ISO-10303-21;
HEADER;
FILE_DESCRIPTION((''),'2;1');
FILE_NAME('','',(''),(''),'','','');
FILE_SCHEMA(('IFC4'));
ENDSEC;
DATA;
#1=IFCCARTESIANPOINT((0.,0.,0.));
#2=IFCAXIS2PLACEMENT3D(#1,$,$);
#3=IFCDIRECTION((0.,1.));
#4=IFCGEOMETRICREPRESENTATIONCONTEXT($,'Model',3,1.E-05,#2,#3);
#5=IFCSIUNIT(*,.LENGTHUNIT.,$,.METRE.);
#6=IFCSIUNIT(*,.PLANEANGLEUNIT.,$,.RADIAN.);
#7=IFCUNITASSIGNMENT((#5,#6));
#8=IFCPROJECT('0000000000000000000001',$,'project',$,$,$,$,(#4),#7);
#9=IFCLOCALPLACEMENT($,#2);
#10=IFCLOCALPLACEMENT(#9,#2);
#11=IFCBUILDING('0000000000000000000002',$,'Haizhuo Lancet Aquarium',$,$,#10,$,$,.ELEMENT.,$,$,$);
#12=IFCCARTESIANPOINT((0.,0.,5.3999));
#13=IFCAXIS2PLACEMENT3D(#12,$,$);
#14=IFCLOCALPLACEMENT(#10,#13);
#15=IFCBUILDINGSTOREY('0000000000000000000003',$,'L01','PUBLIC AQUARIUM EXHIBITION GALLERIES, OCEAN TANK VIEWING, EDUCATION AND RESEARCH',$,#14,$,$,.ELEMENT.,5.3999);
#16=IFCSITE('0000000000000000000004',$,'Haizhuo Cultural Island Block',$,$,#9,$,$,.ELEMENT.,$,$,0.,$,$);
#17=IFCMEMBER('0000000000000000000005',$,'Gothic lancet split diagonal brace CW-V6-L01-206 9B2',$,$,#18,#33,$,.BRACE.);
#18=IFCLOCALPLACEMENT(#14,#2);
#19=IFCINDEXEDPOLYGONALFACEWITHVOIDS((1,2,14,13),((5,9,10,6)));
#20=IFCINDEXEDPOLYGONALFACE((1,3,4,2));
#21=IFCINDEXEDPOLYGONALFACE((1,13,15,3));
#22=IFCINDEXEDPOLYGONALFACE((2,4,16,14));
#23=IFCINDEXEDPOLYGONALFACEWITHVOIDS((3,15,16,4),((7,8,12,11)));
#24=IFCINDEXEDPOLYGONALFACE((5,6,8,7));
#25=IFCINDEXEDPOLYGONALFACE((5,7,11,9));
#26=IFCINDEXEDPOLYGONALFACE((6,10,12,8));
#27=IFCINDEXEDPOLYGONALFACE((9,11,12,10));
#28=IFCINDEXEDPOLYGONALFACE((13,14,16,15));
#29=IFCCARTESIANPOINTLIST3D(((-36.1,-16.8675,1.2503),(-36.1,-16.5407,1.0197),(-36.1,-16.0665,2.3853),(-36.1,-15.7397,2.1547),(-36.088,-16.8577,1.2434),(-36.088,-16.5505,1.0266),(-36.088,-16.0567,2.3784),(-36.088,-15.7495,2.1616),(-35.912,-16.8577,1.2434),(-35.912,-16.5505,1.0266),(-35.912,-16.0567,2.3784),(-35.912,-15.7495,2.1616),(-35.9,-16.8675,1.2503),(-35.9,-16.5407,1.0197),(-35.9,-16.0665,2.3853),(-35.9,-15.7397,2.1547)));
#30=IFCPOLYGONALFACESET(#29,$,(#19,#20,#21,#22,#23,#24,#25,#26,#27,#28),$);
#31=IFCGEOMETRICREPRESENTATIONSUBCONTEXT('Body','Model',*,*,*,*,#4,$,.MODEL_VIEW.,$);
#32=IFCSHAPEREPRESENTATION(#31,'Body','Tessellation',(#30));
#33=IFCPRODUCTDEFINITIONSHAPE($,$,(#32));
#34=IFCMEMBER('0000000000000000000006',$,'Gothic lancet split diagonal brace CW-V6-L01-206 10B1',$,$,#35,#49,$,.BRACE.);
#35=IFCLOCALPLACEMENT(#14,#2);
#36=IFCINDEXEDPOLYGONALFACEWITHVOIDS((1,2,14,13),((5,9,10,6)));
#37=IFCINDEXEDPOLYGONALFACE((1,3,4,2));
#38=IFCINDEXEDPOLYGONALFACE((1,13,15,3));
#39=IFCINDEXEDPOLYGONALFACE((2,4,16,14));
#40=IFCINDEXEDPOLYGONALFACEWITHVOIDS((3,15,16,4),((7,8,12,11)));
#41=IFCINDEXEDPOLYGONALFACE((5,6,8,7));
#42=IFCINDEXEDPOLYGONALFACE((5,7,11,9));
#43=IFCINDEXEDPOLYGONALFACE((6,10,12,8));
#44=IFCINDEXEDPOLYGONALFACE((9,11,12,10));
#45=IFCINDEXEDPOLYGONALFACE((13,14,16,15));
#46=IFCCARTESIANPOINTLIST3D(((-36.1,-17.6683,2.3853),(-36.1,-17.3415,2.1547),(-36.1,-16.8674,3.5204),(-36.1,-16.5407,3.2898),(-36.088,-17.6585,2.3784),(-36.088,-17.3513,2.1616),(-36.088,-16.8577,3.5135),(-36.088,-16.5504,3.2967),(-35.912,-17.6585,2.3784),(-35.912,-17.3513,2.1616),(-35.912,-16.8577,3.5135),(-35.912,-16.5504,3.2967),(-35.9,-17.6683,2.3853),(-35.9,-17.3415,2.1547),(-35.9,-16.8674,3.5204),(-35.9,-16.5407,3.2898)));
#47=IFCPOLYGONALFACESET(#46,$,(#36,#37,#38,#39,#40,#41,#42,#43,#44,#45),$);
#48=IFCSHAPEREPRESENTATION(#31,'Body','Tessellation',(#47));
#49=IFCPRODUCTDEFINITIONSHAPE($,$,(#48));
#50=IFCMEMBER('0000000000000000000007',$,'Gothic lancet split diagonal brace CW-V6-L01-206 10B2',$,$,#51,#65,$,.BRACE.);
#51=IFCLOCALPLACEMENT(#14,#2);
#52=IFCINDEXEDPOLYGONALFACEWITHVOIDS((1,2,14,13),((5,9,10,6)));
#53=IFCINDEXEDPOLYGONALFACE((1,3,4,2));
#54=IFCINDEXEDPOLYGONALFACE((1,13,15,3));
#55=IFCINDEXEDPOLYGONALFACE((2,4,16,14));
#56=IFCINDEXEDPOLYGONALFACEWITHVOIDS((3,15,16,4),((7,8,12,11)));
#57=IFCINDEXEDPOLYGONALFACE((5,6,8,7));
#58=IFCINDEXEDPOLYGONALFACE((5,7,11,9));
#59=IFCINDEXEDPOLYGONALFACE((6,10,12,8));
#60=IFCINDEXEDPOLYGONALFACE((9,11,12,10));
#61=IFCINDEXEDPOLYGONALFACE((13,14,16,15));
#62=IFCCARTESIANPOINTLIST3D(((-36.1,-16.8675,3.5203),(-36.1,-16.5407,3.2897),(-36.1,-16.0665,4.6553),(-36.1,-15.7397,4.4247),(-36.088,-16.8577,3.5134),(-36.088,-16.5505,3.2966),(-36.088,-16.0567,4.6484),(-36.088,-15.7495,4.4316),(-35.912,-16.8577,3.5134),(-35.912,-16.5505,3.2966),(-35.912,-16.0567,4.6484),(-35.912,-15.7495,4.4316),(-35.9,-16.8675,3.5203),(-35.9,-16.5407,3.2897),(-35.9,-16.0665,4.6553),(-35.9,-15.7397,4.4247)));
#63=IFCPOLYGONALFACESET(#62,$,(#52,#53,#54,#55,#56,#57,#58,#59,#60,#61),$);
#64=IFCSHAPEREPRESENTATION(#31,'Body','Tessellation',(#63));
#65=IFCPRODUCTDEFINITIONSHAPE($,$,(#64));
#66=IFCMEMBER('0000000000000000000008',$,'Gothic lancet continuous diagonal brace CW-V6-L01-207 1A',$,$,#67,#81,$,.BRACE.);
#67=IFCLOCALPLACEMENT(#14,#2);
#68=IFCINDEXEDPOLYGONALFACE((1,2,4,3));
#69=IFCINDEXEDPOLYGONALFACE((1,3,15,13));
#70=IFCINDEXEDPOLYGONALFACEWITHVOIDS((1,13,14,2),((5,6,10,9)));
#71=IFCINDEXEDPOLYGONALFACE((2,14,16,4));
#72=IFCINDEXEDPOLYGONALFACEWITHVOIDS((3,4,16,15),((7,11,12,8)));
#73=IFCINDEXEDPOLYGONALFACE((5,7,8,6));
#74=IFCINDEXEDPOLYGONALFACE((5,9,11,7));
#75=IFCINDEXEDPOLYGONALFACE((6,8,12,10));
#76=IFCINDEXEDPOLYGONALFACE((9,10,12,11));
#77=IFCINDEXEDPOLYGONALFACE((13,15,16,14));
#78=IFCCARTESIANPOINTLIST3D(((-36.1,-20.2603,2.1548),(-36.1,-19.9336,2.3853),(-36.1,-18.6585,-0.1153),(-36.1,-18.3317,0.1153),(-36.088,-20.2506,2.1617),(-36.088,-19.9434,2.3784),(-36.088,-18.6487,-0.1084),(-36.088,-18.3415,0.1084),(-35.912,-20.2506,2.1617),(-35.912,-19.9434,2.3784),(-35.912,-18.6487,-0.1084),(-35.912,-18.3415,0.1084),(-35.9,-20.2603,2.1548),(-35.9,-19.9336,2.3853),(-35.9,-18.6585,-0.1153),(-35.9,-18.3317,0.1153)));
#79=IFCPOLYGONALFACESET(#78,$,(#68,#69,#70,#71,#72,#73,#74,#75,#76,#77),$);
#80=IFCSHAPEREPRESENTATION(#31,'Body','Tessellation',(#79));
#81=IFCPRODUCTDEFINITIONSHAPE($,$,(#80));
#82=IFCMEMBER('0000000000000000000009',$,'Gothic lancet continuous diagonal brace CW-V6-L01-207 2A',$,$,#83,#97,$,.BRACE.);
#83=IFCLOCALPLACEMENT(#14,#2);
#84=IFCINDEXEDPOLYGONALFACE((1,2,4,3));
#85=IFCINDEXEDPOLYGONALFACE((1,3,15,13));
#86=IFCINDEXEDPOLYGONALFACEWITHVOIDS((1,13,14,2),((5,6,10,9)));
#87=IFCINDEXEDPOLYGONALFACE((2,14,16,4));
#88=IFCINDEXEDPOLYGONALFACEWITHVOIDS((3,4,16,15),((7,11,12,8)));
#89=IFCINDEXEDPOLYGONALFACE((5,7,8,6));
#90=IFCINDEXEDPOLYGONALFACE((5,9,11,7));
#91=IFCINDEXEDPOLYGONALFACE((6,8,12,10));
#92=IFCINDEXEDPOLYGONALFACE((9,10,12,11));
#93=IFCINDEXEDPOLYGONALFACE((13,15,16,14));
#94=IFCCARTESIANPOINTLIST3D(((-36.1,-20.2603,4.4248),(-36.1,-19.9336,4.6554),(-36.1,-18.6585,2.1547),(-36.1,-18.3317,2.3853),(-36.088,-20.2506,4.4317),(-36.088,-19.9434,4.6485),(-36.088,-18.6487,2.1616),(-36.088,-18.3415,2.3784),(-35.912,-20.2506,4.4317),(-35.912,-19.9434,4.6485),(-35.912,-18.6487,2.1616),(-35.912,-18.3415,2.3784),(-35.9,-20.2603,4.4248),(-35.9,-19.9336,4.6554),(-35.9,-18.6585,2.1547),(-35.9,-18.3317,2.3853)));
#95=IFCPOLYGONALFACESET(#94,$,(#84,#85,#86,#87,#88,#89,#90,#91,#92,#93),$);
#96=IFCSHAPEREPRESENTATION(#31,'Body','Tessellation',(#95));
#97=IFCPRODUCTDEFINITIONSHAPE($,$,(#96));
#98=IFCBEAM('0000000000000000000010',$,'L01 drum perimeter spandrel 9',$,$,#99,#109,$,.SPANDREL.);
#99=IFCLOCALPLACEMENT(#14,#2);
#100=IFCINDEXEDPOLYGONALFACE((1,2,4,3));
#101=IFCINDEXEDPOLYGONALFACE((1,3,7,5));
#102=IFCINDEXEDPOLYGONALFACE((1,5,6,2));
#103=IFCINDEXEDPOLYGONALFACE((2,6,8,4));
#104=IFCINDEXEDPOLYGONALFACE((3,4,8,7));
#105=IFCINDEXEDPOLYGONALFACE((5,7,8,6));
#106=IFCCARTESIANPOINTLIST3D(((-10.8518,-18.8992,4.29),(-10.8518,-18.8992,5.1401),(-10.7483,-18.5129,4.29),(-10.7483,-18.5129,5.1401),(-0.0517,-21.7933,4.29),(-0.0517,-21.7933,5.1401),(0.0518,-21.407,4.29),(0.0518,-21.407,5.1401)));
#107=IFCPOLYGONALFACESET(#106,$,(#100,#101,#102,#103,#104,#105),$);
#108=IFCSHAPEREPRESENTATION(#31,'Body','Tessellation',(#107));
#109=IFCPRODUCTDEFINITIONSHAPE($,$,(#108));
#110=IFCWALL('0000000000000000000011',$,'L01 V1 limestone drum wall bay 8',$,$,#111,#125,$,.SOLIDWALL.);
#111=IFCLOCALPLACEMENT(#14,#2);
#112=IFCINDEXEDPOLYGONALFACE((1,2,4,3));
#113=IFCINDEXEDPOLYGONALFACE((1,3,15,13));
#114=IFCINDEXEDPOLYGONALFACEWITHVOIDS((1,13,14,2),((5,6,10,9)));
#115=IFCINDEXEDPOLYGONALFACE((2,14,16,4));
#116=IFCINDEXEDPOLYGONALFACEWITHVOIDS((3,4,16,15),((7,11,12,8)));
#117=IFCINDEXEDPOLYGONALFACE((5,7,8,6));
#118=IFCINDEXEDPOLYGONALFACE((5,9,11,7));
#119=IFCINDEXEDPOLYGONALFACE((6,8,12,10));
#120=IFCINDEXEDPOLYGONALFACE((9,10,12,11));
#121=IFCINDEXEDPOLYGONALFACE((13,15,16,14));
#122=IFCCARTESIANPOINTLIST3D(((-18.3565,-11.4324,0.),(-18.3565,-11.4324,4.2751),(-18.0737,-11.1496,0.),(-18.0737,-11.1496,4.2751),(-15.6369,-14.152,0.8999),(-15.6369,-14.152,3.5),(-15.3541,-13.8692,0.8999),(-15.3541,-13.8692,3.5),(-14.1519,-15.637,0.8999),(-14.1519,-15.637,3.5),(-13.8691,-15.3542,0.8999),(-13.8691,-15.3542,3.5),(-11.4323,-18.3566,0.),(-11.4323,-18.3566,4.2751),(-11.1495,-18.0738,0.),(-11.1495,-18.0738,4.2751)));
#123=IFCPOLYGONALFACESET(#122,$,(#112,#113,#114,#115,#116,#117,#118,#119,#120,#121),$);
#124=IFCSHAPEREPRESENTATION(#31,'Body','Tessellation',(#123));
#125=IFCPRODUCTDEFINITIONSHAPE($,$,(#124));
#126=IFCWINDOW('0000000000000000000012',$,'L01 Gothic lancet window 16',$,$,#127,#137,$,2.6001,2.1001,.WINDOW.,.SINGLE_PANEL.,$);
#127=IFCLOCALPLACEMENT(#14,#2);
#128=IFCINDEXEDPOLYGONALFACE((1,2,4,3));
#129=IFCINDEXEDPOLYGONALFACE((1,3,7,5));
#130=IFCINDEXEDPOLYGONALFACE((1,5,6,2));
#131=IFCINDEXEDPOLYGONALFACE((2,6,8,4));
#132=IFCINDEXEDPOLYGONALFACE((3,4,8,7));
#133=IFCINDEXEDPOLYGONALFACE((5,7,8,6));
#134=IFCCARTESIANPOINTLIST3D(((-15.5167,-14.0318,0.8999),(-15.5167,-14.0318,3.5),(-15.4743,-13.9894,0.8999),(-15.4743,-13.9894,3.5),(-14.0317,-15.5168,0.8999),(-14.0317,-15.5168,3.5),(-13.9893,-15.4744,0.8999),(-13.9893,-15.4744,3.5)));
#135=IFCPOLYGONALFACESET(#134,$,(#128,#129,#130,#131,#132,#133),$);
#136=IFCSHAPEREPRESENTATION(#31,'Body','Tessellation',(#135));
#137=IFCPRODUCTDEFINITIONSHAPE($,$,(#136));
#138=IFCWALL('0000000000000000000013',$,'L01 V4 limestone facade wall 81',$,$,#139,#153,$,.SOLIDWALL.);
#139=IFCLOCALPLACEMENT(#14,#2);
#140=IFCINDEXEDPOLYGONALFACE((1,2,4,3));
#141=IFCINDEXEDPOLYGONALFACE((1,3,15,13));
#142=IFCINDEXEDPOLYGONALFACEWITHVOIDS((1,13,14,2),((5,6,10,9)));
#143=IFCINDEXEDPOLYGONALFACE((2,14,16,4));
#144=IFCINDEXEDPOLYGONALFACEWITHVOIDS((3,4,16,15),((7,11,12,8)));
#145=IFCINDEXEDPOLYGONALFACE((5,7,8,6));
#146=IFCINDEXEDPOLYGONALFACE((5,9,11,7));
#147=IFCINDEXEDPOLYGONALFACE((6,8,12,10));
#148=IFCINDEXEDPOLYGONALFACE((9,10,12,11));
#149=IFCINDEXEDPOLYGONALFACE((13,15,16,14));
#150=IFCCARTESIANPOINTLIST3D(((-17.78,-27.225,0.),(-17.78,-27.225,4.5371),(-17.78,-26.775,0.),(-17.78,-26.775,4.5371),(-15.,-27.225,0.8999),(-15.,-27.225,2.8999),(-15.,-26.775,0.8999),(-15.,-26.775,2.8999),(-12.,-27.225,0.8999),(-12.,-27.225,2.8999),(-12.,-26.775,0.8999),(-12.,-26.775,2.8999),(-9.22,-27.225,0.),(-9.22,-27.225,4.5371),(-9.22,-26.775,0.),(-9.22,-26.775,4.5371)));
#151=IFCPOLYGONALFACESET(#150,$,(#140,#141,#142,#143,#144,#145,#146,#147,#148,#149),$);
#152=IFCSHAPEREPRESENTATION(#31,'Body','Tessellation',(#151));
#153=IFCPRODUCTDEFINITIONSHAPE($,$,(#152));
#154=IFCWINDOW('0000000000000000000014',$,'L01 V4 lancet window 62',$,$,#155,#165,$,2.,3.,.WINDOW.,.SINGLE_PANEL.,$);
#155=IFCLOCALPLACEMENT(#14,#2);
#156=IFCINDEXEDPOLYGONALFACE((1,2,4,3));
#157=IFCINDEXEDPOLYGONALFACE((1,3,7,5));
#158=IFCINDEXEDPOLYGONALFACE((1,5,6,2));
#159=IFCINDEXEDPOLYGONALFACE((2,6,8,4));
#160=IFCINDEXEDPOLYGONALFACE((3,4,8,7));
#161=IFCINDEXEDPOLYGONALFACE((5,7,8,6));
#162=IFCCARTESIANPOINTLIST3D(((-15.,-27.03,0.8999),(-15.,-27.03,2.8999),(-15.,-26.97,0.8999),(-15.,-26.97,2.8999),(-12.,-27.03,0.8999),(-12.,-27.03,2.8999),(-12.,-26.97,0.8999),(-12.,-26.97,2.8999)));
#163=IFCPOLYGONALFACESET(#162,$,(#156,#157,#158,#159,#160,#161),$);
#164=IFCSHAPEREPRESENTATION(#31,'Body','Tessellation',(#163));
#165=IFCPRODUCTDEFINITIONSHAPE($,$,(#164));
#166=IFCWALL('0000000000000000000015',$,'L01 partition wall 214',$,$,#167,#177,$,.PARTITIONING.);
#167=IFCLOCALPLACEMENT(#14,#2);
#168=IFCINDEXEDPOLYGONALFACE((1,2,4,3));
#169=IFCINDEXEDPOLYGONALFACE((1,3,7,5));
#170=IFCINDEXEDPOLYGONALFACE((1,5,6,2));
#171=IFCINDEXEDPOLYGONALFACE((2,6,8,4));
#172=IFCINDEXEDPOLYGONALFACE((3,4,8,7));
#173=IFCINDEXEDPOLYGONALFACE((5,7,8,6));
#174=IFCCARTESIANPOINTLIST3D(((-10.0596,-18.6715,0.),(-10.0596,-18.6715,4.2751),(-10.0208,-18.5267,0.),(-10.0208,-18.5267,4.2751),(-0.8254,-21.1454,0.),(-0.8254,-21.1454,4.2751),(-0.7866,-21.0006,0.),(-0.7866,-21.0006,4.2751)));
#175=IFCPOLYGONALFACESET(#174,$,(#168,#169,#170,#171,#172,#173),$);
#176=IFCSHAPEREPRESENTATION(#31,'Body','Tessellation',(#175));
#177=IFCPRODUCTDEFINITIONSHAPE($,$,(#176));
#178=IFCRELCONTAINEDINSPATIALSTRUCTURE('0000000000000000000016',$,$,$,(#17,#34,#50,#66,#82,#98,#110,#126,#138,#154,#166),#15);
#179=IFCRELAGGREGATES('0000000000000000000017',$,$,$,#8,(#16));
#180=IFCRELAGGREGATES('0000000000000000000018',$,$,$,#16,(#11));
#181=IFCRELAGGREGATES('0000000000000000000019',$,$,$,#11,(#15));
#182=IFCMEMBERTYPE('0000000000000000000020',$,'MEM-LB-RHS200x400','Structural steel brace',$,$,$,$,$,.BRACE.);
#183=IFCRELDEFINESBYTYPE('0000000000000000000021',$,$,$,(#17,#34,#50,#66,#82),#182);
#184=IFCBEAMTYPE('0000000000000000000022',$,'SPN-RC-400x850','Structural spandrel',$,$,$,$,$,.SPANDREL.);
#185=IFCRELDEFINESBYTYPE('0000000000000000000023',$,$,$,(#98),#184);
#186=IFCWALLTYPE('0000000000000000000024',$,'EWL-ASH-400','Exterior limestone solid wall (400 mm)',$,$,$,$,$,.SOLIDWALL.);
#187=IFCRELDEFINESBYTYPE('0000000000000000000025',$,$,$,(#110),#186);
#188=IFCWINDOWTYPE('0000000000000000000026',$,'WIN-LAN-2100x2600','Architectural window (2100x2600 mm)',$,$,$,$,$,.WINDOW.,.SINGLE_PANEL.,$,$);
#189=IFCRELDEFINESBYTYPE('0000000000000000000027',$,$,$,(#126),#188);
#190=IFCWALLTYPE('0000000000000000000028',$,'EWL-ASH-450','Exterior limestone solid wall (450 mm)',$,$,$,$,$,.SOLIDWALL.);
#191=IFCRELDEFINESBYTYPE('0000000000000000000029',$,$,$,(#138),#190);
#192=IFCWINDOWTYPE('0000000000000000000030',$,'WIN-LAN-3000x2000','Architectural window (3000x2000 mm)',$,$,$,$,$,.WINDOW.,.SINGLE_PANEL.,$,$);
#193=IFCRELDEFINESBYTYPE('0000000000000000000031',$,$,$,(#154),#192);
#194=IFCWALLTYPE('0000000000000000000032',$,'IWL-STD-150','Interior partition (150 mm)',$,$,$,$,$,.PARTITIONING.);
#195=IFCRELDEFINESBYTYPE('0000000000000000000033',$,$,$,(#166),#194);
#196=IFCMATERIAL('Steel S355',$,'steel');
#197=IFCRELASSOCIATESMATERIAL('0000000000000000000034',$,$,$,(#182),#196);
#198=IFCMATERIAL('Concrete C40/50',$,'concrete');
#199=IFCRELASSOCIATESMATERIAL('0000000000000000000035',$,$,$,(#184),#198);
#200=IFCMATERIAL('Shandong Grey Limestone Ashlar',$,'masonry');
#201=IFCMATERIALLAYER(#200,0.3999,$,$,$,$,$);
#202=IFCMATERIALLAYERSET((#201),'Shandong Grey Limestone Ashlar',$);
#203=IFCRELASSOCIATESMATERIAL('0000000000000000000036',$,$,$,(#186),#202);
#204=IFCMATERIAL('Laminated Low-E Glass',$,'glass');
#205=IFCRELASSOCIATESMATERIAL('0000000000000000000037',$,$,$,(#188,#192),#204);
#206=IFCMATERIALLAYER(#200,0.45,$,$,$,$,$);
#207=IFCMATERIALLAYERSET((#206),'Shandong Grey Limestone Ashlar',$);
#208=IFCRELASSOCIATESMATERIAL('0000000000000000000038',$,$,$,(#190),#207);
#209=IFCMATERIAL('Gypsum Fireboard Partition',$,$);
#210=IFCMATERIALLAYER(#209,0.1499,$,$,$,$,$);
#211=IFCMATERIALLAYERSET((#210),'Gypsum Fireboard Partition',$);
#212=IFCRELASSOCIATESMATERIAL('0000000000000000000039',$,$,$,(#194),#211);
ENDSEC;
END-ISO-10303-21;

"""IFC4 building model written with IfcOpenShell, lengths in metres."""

from ifc_helpers import new_model, si_unit, direction, frame, frame_2d, origin, origin_2d, place, context, subcontext, project, spatial, rectangle, hollow_rectangle, extrude, material, layer, layer_set, material_profile, profile_set, type_object, element, fill, save


model = new_model("IFC4")

# Units and contexts
model_context = context("Model", 3, precision=1e-05, world=origin(), true_north=direction((0.0, 1.0)))
body_context = subcontext(model_context, "Body", "Model", "MODEL_VIEW")
ifc_project = project(units=[si_unit("LENGTHUNIT", "METRE"), si_unit("PLANEANGLEUNIT", "RADIAN")], contexts=[model_context])

# Site, building, storey
site_placement = place(None, origin())
site = spatial("IfcSite", under=ifc_project, at=site_placement, Name="Haizhuo Cultural Island Block", CompositionType="ELEMENT", RefElevation=0.0)
building_placement = place(site_placement, origin())
building = spatial("IfcBuilding", under=site, at=building_placement, Name="Haizhuo Lancet Aquarium", CompositionType="ELEMENT")
storey_placement = place(building_placement, frame((0.0, 0.0, 5.3999)))
storey = spatial("IfcBuildingStorey", under=building, at=storey_placement, Name="L01", Description="PUBLIC AQUARIUM EXHIBITION GALLERIES, OCEAN TANK VIEWING, EDUCATION AND RESEARCH", CompositionType="ELEMENT", Elevation=5.3999)

# Shared definitions
ifc_material_1 = material(Name="Concrete C40/50", Category="concrete")
ifc_material_2 = material(Name="Steel S355", Category="steel")

# Members
ifc_material_profile_1 = material_profile(ifc_material_2, hollow_rectangle(XDim=0.2, YDim=0.3999, WallThickness=0.012, at=origin_2d()), Name="RHS 200x400x12")
ifc_profile_set_1 = profile_set([ifc_material_profile_1], Name="Steel S355")
member_type_1 = type_object("IfcMemberType", Name="MEM-LB-RHS200x400", Description="Structural steel brace", PredefinedType="BRACE", material=ifc_profile_set_1)
for number, where, z_axis, x_axis, name in (
    (1, (-36.0, -16.7041, 1.135), (0.0, 0.576607, 0.817021), (-1.0, 0.0, 0.0), "Gothic lancet split diagonal brace CW-V6-L01-206 9B2"),
    (2, (-36.0, -17.5049, 2.27), (0.0, 0.57649, 0.817104), (-1.0, 0.0, 0.0), "Gothic lancet split diagonal brace CW-V6-L01-206 10B1"),
    (3, (-36.0, -16.7041, 3.405), (0.0, 0.576607, 0.817021), (-1.0, 0.0, 0.0), "Gothic lancet split diagonal brace CW-V6-L01-206 10B2"),
):
    element("IfcMember", number, at=place(storey_placement, frame(where, z_axis=z_axis, x_axis=x_axis)), inside=storey, type_object=member_type_1, Name=name, PredefinedType="BRACE", context=body_context, shape_type="SweptSolid", body=[
        extrude(hollow_rectangle(XDim=0.2, YDim=0.3999, WallThickness=0.012, at=origin_2d()), origin(), (0.0, 0.0, 1.0), 1.3892),
    ])
for number, where, z_axis, x_axis, name in (
    (4, (-36.0, -18.4951, 0.0), (0.0, -0.576549, 0.817063), (1.0, 0.0, 0.0), "Gothic lancet continuous diagonal brace CW-V6-L01-207 1A"),
    (5, (-36.0, -18.4951, 2.27), (0.0, -0.576549, 0.817063), (1.0, 0.0, 0.0), "Gothic lancet continuous diagonal brace CW-V6-L01-207 2A"),
):
    element("IfcMember", number, at=place(storey_placement, frame(where, z_axis=z_axis, x_axis=x_axis)), inside=storey, type_object=member_type_1, Name=name, PredefinedType="BRACE", context=body_context, shape_type="SweptSolid", body=[
        extrude(hollow_rectangle(XDim=0.2, YDim=0.3999, WallThickness=0.012, at=origin_2d()), origin(), (0.0, 0.0, 1.0), 2.7783),
    ])

# Beam
ifc_material_profile_2 = material_profile(ifc_material_1, rectangle(XDim=0.3999, YDim=0.8501, at=origin_2d()), Name="RC-SP 400x850")
ifc_profile_set_2 = profile_set([ifc_material_profile_2], Name="Concrete C40/50")
beam_type_1 = type_object("IfcBeamType", Name="SPN-RC-400x850", Description="Structural spandrel", PredefinedType="SPANDREL", material=ifc_profile_set_2)
beam_1_placement = place(storey_placement, frame((-10.8, -18.7061, 4.7151), z_axis=(0.965922, -0.258834, 0.0), x_axis=(0.258834, 0.965922, 0.0)))
element("IfcBeam", 6, at=beam_1_placement, inside=storey, type_object=beam_type_1, Name="L01 drum perimeter spandrel 9", PredefinedType="SPANDREL", context=body_context, shape_type="SweptSolid", body=[
    extrude(rectangle(XDim=0.3999, YDim=0.8501, at=origin_2d()), origin(), (0.0, 0.0, 1.0), 11.1812),
])

# Walls, openings, windows
ifc_material_3 = material(Name="Shandong Grey Limestone Ashlar", Category="masonry")
ifc_layer_1 = layer(ifc_material_3, 0.3999)
ifc_layer_set_1 = layer_set([ifc_layer_1], Name="Shandong Grey Limestone Ashlar")
wall_type_1 = type_object("IfcWallType", Name="EWL-ASH-400", Description="Exterior limestone solid wall (400 mm)", PredefinedType="SOLIDWALL", material=ifc_layer_set_1)
wall_1_placement = place(storey_placement, frame((-11.291, -18.2151, 0.0), z_axis=(0.0, 0.0, 1.0), x_axis=(-0.707107, 0.707107, 0.0)))
wall_1 = element("IfcWall", 7, at=wall_1_placement, inside=storey, type_object=wall_type_1, Name="L01 V1 limestone drum wall bay 8", PredefinedType="SOLIDWALL", context=body_context, shape_type="SweptSolid", body=[
    extrude(rectangle(XDim=9.7922, YDim=0.3999, at=frame_2d((4.896, 0.0))), origin(), (0.0, 0.0, 1.0), 4.2751),
])
opening_1_placement = place(wall_1_placement, frame((3.8459, 0.0, 0.8999)))
opening_1 = element("IfcOpeningElement", 8, at=opening_1_placement, cuts=wall_1, PredefinedType="OPENING", context=body_context, shape_type="SweptSolid", body=[
    extrude(rectangle(XDim=2.1001, YDim=2.6001, at=frame_2d((1.05, 1.3))), frame((0.0, 0.21, 0.0), z_axis=(0.0, -1.0, 0.0), x_axis=(1.0, 0.0, 0.0)), (0.0, 0.0, 1.0), 0.4199),
])
ifc_material_4 = material(Name="Laminated Low-E Glass", Category="glass")
window_type_1 = type_object("IfcWindowType", Name="WIN-LAN-2100x2600", Description="Architectural window (2100x2600 mm)", PartitioningType="SINGLE_PANEL", PredefinedType="WINDOW", material=ifc_material_4)
window_1_placement = place(opening_1_placement, origin())
window_1 = element("IfcWindow", 9, at=window_1_placement, inside=storey, type_object=window_type_1, Name="L01 Gothic lancet window 16", OverallHeight=2.6001, OverallWidth=2.1001, PartitioningType="SINGLE_PANEL", PredefinedType="WINDOW", context=body_context, shape_type="SweptSolid", body=[
    extrude(rectangle(XDim=2.1001, YDim=2.6001, at=frame_2d((1.05, 1.3))), frame((0.0, 0.03, 0.0), z_axis=(0.0, -1.0, 0.0), x_axis=(1.0, 0.0, 0.0)), (0.0, 0.0, 1.0), 0.0601),
])
fill(opening_1, window_1)
ifc_layer_2 = layer(ifc_material_3, 0.45)
ifc_layer_set_2 = layer_set([ifc_layer_2], Name="Shandong Grey Limestone Ashlar")
wall_type_2 = type_object("IfcWallType", Name="EWL-ASH-450", Description="Exterior limestone solid wall (450 mm)", PredefinedType="SOLIDWALL", material=ifc_layer_set_2)
wall_2_placement = place(storey_placement, frame((-17.78, -27.0, 0.0), z_axis=(0.0, 0.0, 1.0), x_axis=(1.0, 0.0, 0.0)))
wall_2 = element("IfcWall", 10, at=wall_2_placement, inside=storey, type_object=wall_type_2, Name="L01 V4 limestone facade wall 81", PredefinedType="SOLIDWALL", context=body_context, shape_type="SweptSolid", body=[
    extrude(rectangle(XDim=8.5601, YDim=0.45, at=frame_2d((4.28, 0.0))), origin(), (0.0, 0.0, 1.0), 4.5371),
])
opening_2_placement = place(wall_2_placement, frame((2.78, 0.0, 0.8999)))
opening_2 = element("IfcOpeningElement", 11, at=opening_2_placement, cuts=wall_2, PredefinedType="OPENING", context=body_context, shape_type="SweptSolid", body=[
    extrude(rectangle(XDim=3.0, YDim=2.0, at=frame_2d((1.5, 1.0))), frame((0.0, 0.2349, 0.0), z_axis=(0.0, -1.0, 0.0), x_axis=(1.0, 0.0, 0.0)), (0.0, 0.0, 1.0), 0.47),
])
window_type_2 = type_object("IfcWindowType", Name="WIN-LAN-3000x2000", Description="Architectural window (3000x2000 mm)", PartitioningType="SINGLE_PANEL", PredefinedType="WINDOW", material=ifc_material_4)
window_2_placement = place(opening_2_placement, origin())
window_2 = element("IfcWindow", 12, at=window_2_placement, inside=storey, type_object=window_type_2, Name="L01 V4 lancet window 62", OverallHeight=2.0, OverallWidth=3.0, PartitioningType="SINGLE_PANEL", PredefinedType="WINDOW", context=body_context, shape_type="SweptSolid", body=[
    extrude(rectangle(XDim=3.0, YDim=2.0, at=frame_2d((1.5, 1.0))), frame((0.0, 0.03, 0.0), z_axis=(0.0, -1.0, 0.0), x_axis=(1.0, 0.0, 0.0)), (0.0, 0.0, 1.0), 0.0601),
])
fill(opening_2, window_2)

# Wall
ifc_material_5 = material(Name="Gypsum Fireboard Partition")
ifc_layer_3 = layer(ifc_material_5, 0.1499)
ifc_layer_set_3 = layer_set([ifc_layer_3], Name="Gypsum Fireboard Partition")
wall_type_3 = type_object("IfcWallType", Name="IWL-STD-150", Description="Interior partition (150 mm)", PredefinedType="PARTITIONING", material=ifc_layer_set_3)
wall_3_placement = place(storey_placement, frame((-10.04, -18.5991, 0.0), z_axis=(0.0, 0.0, 1.0), x_axis=(0.965936, -0.25878, 0.0)))
element("IfcWall", 13, at=wall_3_placement, inside=storey, type_object=wall_type_3, Name="L01 partition wall 214", PredefinedType="PARTITIONING", context=body_context, shape_type="SweptSolid", body=[
    extrude(rectangle(XDim=9.5598, YDim=0.1499, at=frame_2d((4.7798, 0.0))), origin(), (0.0, 0.0, 1.0), 4.2751),
])

save(model, "model.ifc")
